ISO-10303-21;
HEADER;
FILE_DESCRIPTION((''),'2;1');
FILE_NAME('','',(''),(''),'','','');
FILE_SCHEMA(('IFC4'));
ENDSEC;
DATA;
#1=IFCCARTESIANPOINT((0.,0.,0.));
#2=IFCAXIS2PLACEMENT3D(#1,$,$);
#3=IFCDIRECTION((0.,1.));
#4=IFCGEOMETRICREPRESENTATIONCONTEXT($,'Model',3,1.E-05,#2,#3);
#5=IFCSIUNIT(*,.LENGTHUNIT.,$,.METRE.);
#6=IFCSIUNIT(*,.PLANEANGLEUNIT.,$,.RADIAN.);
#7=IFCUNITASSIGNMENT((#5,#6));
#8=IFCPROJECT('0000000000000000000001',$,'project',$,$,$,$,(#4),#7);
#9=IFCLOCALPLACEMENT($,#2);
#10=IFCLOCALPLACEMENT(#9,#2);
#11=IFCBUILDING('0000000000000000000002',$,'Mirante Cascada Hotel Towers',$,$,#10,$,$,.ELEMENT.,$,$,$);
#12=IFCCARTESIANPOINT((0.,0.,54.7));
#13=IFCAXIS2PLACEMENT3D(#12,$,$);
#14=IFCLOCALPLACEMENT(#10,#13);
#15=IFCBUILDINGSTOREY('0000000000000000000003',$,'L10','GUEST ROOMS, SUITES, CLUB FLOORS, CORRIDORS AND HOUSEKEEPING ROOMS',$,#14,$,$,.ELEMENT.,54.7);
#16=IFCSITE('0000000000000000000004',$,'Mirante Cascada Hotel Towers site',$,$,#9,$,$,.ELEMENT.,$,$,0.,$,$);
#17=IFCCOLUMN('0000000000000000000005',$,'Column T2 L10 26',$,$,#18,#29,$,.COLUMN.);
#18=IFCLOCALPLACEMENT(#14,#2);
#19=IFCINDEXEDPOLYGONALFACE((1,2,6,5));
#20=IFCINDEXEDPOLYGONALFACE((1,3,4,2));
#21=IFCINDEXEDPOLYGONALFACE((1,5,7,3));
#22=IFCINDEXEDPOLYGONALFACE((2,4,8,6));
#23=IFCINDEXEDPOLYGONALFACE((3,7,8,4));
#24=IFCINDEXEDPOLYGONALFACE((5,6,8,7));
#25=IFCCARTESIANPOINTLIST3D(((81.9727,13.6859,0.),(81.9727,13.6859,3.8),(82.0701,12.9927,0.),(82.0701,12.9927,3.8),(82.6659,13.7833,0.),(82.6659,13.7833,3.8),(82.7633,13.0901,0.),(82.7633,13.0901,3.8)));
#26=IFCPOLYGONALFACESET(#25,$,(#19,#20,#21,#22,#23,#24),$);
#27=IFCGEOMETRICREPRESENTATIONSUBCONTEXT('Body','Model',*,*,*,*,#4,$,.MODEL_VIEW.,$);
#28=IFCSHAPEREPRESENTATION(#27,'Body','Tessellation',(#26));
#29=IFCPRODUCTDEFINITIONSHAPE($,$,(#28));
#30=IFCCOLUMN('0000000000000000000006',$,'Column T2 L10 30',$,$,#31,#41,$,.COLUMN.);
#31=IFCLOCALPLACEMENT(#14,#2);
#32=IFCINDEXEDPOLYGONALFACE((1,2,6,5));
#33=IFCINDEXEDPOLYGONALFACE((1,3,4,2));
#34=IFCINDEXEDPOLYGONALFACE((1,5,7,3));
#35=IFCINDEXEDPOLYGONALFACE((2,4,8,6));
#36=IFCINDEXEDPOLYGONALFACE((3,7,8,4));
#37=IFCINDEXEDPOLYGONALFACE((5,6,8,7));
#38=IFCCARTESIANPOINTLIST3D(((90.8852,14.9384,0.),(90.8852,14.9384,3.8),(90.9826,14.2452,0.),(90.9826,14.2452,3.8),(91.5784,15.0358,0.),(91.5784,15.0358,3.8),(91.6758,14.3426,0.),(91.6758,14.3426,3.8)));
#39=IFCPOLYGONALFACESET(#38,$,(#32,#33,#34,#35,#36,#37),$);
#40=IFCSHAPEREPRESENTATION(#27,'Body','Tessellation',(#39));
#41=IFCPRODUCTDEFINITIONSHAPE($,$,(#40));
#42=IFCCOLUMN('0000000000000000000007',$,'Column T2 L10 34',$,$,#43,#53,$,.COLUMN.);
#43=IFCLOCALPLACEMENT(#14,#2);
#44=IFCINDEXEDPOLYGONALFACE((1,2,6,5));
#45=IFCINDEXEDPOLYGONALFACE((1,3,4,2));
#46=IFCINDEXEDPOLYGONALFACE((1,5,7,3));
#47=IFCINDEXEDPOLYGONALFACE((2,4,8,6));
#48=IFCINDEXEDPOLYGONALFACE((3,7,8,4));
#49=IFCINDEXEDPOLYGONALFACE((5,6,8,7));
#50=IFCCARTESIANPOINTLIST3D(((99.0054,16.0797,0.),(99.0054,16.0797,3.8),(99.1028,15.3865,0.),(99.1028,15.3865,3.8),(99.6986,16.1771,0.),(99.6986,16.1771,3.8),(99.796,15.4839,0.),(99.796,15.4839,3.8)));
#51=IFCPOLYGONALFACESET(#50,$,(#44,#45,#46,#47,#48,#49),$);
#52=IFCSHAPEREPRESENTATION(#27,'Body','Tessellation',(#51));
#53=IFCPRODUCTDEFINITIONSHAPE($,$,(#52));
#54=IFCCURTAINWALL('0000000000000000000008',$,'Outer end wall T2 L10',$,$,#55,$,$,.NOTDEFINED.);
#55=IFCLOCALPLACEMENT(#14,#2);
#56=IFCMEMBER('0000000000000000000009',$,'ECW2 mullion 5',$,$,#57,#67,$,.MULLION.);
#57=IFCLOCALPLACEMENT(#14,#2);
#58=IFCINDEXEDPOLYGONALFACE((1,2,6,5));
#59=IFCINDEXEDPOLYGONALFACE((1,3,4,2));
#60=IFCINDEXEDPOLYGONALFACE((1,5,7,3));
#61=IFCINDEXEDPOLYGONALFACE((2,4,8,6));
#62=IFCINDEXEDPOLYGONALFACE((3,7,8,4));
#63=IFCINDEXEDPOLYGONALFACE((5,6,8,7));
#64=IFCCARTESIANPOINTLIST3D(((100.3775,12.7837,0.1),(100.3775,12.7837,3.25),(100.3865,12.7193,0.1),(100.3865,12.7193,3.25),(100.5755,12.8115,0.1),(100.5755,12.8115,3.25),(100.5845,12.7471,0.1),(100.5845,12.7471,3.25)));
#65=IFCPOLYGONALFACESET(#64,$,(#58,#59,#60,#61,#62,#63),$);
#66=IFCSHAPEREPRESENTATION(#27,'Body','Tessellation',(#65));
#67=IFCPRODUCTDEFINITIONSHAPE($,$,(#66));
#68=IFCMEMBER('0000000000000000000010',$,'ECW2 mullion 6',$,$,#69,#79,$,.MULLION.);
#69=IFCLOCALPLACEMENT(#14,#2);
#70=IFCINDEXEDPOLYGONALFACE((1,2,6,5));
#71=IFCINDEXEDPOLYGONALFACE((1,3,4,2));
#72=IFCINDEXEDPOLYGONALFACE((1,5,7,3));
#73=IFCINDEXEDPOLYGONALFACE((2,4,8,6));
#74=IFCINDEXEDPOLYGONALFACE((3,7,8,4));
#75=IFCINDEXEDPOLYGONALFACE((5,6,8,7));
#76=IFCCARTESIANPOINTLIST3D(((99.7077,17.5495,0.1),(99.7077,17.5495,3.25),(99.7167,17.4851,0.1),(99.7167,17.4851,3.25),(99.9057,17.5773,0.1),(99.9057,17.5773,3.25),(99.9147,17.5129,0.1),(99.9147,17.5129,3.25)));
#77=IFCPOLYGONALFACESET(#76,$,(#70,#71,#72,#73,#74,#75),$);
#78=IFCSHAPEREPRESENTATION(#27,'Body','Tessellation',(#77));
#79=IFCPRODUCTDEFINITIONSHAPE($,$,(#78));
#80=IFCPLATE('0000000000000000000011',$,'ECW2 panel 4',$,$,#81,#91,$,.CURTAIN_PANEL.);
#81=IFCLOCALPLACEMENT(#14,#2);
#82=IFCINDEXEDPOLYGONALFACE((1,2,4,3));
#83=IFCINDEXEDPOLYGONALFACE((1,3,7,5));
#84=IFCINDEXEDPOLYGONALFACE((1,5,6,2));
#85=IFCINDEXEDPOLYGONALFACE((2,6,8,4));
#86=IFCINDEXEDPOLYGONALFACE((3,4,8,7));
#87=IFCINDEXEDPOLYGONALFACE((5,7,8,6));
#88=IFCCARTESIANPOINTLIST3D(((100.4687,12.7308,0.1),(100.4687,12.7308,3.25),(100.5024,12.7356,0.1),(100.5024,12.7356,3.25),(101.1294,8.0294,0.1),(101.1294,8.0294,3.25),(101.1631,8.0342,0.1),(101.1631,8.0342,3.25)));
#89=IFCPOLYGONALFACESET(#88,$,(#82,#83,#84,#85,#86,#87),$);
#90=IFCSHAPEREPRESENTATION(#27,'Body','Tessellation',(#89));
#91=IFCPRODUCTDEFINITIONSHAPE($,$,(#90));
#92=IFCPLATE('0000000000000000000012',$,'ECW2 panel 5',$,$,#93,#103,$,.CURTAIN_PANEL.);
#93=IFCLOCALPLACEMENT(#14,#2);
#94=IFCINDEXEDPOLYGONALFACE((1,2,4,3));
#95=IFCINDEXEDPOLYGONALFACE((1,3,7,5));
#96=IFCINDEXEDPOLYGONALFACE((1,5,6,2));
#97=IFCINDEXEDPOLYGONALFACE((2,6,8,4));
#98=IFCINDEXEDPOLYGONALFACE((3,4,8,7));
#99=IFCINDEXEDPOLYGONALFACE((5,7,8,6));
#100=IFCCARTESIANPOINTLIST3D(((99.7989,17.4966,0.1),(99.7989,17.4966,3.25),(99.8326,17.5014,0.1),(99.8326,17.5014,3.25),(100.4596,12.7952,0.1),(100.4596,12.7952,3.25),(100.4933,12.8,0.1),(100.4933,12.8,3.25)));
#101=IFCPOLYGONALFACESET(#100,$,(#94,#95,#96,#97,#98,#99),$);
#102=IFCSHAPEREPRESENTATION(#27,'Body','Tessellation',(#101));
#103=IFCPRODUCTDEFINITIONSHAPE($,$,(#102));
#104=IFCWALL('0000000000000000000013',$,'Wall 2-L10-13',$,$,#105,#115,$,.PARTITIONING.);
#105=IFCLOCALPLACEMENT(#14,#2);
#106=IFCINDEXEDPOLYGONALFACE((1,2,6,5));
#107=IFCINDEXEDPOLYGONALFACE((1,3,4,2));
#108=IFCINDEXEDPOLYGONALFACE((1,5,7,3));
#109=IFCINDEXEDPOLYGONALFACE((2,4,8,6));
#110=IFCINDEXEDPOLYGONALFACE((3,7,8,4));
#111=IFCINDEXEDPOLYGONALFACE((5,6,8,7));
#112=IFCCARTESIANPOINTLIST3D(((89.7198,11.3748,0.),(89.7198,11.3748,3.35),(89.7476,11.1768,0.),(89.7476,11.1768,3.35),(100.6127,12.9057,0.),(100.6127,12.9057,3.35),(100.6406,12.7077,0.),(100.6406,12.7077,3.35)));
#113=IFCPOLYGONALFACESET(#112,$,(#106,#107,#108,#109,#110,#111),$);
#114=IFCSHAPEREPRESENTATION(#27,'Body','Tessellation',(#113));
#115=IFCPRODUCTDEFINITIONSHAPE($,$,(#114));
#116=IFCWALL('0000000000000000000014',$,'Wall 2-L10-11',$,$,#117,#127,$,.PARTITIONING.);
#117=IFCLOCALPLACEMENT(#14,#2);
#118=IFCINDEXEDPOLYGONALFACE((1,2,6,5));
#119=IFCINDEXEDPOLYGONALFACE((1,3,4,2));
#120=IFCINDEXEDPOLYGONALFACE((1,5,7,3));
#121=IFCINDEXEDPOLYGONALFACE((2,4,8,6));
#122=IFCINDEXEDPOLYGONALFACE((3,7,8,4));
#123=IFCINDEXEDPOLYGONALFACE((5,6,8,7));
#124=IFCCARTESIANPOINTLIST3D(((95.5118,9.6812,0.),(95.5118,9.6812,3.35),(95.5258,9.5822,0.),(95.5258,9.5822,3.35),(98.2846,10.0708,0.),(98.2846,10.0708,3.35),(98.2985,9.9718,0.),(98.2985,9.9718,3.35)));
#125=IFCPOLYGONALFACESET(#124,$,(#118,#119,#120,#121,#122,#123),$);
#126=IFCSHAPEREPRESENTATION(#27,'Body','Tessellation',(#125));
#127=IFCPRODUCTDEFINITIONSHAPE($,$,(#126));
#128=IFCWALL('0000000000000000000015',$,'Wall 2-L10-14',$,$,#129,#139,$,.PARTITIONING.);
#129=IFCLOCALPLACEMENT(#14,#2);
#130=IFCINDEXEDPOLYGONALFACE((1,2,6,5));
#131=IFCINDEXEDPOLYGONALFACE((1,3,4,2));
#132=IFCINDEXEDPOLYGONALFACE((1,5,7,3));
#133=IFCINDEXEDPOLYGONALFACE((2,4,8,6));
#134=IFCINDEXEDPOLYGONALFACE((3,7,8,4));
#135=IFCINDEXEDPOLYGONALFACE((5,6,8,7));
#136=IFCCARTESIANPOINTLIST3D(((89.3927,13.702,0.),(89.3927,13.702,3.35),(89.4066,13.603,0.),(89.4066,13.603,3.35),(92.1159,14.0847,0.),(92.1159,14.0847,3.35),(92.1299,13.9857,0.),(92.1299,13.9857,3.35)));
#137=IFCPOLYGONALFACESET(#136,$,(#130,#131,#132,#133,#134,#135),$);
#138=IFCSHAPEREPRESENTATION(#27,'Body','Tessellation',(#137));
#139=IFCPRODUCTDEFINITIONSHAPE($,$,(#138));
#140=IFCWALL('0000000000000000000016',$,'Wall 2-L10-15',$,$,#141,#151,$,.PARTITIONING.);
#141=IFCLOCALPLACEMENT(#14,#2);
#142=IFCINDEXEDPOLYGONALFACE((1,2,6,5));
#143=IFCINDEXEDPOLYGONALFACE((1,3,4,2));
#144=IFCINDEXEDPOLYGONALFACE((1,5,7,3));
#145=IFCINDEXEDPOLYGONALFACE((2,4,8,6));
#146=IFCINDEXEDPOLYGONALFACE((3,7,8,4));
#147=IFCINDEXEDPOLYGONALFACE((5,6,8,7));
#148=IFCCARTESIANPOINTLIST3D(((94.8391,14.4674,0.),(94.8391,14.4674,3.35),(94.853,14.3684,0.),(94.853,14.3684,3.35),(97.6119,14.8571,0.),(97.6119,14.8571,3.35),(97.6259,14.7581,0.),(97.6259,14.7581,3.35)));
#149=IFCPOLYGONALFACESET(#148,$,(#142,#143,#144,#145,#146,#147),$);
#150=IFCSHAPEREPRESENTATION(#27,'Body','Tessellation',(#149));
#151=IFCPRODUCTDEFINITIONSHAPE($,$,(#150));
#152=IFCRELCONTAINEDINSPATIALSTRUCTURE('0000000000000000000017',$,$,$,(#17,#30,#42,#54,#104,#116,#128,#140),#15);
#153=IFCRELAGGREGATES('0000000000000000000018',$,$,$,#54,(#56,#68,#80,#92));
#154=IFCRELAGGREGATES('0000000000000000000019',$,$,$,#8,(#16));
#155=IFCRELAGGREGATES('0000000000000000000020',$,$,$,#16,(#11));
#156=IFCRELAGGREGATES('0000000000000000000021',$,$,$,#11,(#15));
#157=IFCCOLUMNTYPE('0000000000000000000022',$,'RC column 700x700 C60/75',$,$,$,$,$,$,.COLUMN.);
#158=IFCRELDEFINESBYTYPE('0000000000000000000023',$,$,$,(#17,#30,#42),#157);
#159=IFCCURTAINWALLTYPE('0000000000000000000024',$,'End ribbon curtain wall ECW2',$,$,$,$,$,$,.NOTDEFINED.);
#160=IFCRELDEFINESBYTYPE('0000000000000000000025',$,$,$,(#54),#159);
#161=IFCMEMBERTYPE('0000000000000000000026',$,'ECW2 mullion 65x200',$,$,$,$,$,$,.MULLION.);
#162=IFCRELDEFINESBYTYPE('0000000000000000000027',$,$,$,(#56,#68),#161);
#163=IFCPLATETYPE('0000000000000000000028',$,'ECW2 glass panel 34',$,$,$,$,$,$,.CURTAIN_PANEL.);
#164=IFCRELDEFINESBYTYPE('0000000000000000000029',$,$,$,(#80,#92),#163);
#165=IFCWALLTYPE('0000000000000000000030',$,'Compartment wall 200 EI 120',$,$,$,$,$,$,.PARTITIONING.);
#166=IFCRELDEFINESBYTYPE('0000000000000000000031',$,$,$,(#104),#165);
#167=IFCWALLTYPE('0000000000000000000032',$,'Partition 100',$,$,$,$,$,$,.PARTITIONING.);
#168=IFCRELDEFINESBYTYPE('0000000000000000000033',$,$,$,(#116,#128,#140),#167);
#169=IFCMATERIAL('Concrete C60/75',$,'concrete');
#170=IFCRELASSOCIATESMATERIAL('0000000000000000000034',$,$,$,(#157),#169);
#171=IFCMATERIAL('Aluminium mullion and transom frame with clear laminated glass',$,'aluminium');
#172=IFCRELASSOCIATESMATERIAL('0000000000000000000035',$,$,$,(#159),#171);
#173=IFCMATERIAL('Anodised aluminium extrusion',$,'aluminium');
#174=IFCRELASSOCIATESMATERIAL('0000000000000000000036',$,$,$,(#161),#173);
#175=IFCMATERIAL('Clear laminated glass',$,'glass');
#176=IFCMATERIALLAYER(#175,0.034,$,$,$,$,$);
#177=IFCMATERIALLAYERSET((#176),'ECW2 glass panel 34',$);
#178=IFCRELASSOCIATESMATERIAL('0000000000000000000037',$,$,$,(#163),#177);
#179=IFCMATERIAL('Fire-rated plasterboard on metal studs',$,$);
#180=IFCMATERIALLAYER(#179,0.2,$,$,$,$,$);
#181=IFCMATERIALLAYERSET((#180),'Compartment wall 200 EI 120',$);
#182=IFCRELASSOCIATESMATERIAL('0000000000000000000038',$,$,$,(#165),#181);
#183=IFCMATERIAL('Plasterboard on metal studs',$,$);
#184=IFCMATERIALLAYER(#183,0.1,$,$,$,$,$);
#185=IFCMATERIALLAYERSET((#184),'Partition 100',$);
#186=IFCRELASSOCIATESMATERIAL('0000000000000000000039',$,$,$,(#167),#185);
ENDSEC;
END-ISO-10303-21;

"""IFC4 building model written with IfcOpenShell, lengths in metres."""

from ifc_helpers import new_model, si_unit, direction, frame, frame_2d, origin, origin_2d, place, context, subcontext, project, spatial, rectangle, extrude, material, layer, layer_set, material_profile, profile_set, type_object, element, aggregate, save


model = new_model("IFC4")

# Units and contexts
model_context = context("Model", 3, precision=1e-05, world=origin(), true_north=direction((0.0, 1.0)))
body_context = subcontext(model_context, "Body", "Model", "MODEL_VIEW")
ifc_project = project(units=[si_unit("LENGTHUNIT", "METRE"), si_unit("PLANEANGLEUNIT", "RADIAN")], contexts=[model_context])

# Site, building, storey
site_placement = place(None, origin())
site = spatial("IfcSite", under=ifc_project, at=site_placement, Name="Mirante Cascada Hotel Towers site", CompositionType="ELEMENT", RefElevation=0.0)
building_placement = place(site_placement, origin())
building = spatial("IfcBuilding", under=site, at=building_placement, Name="Mirante Cascada Hotel Towers", CompositionType="ELEMENT")
storey_placement = place(building_placement, frame((0.0, 0.0, 54.7)))
storey = spatial("IfcBuildingStorey", under=building, at=storey_placement, Name="L10", Description="GUEST ROOMS, SUITES, CLUB FLOORS, CORRIDORS AND HOUSEKEEPING ROOMS", CompositionType="ELEMENT", Elevation=54.7)

# Columns
ifc_material_1 = material(Name="Concrete C60/75", Category="concrete")
ifc_material_profile_1 = material_profile(ifc_material_1, rectangle(XDim=0.7, YDim=0.7, at=origin_2d()), Name="RC column 700x700 C60/75")
ifc_profile_set_1 = profile_set([ifc_material_profile_1], Name="Concrete C60/75")
column_type = type_object("IfcColumnType", Name="RC column 700x700 C60/75", PredefinedType="COLUMN", material=ifc_profile_set_1)
for number, where, z_axis, x_axis, name in (
    (1, (82.368, 13.388, 0.0), (0.0, 0.0, 1.0), (0.990268, 0.139173, 0.0), "Column T2 L10 26"),
    (2, (91.2805, 14.6405, 0.0), (0.0, 0.0, 1.0), (0.990268, 0.139173, 0.0), "Column T2 L10 30"),
    (3, (99.4007, 15.7818, 0.0), (0.0, 0.0, 1.0), (0.990268, 0.139173, 0.0), "Column T2 L10 34"),
):
    element("IfcColumn", number, at=place(storey_placement, frame(where, z_axis=z_axis, x_axis=x_axis)), inside=storey, type_object=column_type, Name=name, PredefinedType="COLUMN", context=body_context, shape_type="SweptSolid", body=[
        extrude(rectangle(XDim=0.7, YDim=0.7, at=origin_2d()), origin(), (0.0, 0.0, 1.0), 3.8),
    ])

# Curtain wall, members, plates
ifc_material_2 = material(Name="Aluminium mullion and transom frame with clear laminated glass", Category="aluminium")
curtain_wall_type = type_object("IfcCurtainWallType", Name="End ribbon curtain wall ECW2", PredefinedType="NOTDEFINED", material=ifc_material_2)
curtain_wall_placement = place(storey_placement, origin())
curtain_wall = element("IfcCurtainWall", 4, at=curtain_wall_placement, inside=storey, type_object=curtain_wall_type, Name="Outer end wall T2 L10", PredefinedType="NOTDEFINED")
ifc_material_3 = material(Name="Anodised aluminium extrusion", Category="aluminium")
ifc_material_profile_2 = material_profile(ifc_material_3, rectangle(XDim=0.2, YDim=0.065, at=origin_2d()), Name="ECW2 MULLION 65x200")
ifc_profile_set_2 = profile_set([ifc_material_profile_2], Name="Anodised aluminium extrusion")
member_type = type_object("IfcMemberType", Name="ECW2 mullion 65x200", PredefinedType="MULLION", material=ifc_profile_set_2)
member_1_placement = place(storey_placement, frame((100.481, 12.7654, 0.1), z_axis=(0.0, 0.0, 1.0), x_axis=(-0.990268, -0.139173, 0.0)))
member_1 = element("IfcMember", 5, at=member_1_placement, type_object=member_type, Name="ECW2 mullion 5", PredefinedType="MULLION", context=body_context, shape_type="SweptSolid", body=[
    extrude(rectangle(XDim=0.2, YDim=0.065, at=origin_2d()), origin(), (0.0, 0.0, 1.0), 3.15),
])
member_2_placement = place(storey_placement, frame((99.8112, 17.5312, 0.1), z_axis=(0.0, 0.0, 1.0), x_axis=(-0.990268, -0.139173, 0.0)))
member_2 = element("IfcMember", 6, at=member_2_placement, type_object=member_type, Name="ECW2 mullion 6", PredefinedType="MULLION", context=body_context, shape_type="SweptSolid", body=[
    extrude(rectangle(XDim=0.2, YDim=0.065, at=origin_2d()), origin(), (0.0, 0.0, 1.0), 3.15),
])
ifc_material_4 = material(Name="Clear laminated glass", Category="glass")
ifc_layer_1 = layer(ifc_material_4, 0.034)
ifc_layer_set_1 = layer_set([ifc_layer_1], Name="ECW2 glass panel 34")
plate_type = type_object("IfcPlateType", Name="ECW2 glass panel 34", PredefinedType="CURTAIN_PANEL", material=ifc_layer_set_1)
plate_1_placement = place(storey_placement, frame((100.8159, 10.3825, 0.1), z_axis=(0.0, 0.0, 1.0), x_axis=(-0.139173, 0.990268, 0.0)))
plate_1 = element("IfcPlate", 7, at=plate_1_placement, type_object=plate_type, Name="ECW2 panel 4", PredefinedType="CURTAIN_PANEL", context=body_context, shape_type="SweptSolid", body=[
    extrude(rectangle(XDim=4.7476, YDim=0.034, at=origin_2d()), origin(), (0.0, 0.0, 1.0), 3.15),
])
plate_2_placement = place(storey_placement, frame((100.1461, 15.1483, 0.1), z_axis=(0.0, 0.0, 1.0), x_axis=(-0.139173, 0.990268, 0.0)))
plate_2 = element("IfcPlate", 8, at=plate_2_placement, type_object=plate_type, Name="ECW2 panel 5", PredefinedType="CURTAIN_PANEL", context=body_context, shape_type="SweptSolid", body=[
    extrude(rectangle(XDim=4.7476, YDim=0.034, at=origin_2d()), origin(), (0.0, 0.0, 1.0), 3.15),
])
aggregate(curtain_wall, [member_1, member_2, plate_1, plate_2])

# Walls
ifc_material_5 = material(Name="Fire-rated plasterboard on metal studs")
ifc_layer_2 = layer(ifc_material_5, 0.2)
ifc_layer_set_2 = layer_set([ifc_layer_2], Name="Compartment wall 200 EI 120")
wall_type_1 = type_object("IfcWallType", Name="Compartment wall 200 EI 120", PredefinedType="PARTITIONING", material=ifc_layer_set_2)
wall_1_placement = place(storey_placement, frame((89.7337, 11.2758, 0.0), z_axis=(0.0, 0.0, 1.0), x_axis=(0.990268, 0.139173, 0.0)))
element("IfcWall", 9, at=wall_1_placement, inside=storey, type_object=wall_type_1, Name="Wall 2-L10-13", PredefinedType="PARTITIONING", context=body_context, shape_type="SweptSolid", body=[
    extrude(rectangle(XDim=11.0, YDim=0.2, at=frame_2d((5.5, 0.0))), origin(), (0.0, 0.0, 1.0), 3.35),
])
ifc_material_6 = material(Name="Plasterboard on metal studs")
ifc_layer_3 = layer(ifc_material_6, 0.1)
ifc_layer_set_3 = layer_set([ifc_layer_3], Name="Partition 100")
wall_type_2 = type_object("IfcWallType", Name="Partition 100", PredefinedType="PARTITIONING", material=ifc_layer_set_3)
wall_2_placement = place(storey_placement, frame((95.5188, 9.6317, 0.0), z_axis=(0.0, 0.0, 1.0), x_axis=(0.990273, 0.139141, 0.0)))
element("IfcWall", 10, at=wall_2_placement, inside=storey, type_object=wall_type_2, Name="Wall 2-L10-11", PredefinedType="PARTITIONING", context=body_context, shape_type="SweptSolid", body=[
    extrude(rectangle(XDim=2.8, YDim=0.1, at=frame_2d((1.4, 0.0))), origin(), (0.0, 0.0, 1.0), 3.35),
])
wall_3_placement = place(storey_placement, frame((92.1229, 14.0352, 0.0), z_axis=(0.0, 0.0, 1.0), x_axis=(-0.990269, -0.139166, 0.0)))
element("IfcWall", 11, at=wall_3_placement, inside=storey, type_object=wall_type_2, Name="Wall 2-L10-14", PredefinedType="PARTITIONING", context=body_context, shape_type="SweptSolid", body=[
    extrude(rectangle(XDim=2.75, YDim=0.1, at=frame_2d((1.375, 0.0))), origin(), (0.0, 0.0, 1.0), 3.35),
])
wall_4_placement = place(storey_placement, frame((94.8461, 14.4179, 0.0), z_axis=(0.0, 0.0, 1.0), x_axis=(0.990268, 0.139176, 0.0)))
element("IfcWall", 12, at=wall_4_placement, inside=storey, type_object=wall_type_2, Name="Wall 2-L10-15", PredefinedType="PARTITIONING", context=body_context, shape_type="SweptSolid", body=[
    extrude(rectangle(XDim=2.8001, YDim=0.1, at=frame_2d((1.4, 0.0))), origin(), (0.0, 0.0, 1.0), 3.35),
])

save(model, "model.ifc")
